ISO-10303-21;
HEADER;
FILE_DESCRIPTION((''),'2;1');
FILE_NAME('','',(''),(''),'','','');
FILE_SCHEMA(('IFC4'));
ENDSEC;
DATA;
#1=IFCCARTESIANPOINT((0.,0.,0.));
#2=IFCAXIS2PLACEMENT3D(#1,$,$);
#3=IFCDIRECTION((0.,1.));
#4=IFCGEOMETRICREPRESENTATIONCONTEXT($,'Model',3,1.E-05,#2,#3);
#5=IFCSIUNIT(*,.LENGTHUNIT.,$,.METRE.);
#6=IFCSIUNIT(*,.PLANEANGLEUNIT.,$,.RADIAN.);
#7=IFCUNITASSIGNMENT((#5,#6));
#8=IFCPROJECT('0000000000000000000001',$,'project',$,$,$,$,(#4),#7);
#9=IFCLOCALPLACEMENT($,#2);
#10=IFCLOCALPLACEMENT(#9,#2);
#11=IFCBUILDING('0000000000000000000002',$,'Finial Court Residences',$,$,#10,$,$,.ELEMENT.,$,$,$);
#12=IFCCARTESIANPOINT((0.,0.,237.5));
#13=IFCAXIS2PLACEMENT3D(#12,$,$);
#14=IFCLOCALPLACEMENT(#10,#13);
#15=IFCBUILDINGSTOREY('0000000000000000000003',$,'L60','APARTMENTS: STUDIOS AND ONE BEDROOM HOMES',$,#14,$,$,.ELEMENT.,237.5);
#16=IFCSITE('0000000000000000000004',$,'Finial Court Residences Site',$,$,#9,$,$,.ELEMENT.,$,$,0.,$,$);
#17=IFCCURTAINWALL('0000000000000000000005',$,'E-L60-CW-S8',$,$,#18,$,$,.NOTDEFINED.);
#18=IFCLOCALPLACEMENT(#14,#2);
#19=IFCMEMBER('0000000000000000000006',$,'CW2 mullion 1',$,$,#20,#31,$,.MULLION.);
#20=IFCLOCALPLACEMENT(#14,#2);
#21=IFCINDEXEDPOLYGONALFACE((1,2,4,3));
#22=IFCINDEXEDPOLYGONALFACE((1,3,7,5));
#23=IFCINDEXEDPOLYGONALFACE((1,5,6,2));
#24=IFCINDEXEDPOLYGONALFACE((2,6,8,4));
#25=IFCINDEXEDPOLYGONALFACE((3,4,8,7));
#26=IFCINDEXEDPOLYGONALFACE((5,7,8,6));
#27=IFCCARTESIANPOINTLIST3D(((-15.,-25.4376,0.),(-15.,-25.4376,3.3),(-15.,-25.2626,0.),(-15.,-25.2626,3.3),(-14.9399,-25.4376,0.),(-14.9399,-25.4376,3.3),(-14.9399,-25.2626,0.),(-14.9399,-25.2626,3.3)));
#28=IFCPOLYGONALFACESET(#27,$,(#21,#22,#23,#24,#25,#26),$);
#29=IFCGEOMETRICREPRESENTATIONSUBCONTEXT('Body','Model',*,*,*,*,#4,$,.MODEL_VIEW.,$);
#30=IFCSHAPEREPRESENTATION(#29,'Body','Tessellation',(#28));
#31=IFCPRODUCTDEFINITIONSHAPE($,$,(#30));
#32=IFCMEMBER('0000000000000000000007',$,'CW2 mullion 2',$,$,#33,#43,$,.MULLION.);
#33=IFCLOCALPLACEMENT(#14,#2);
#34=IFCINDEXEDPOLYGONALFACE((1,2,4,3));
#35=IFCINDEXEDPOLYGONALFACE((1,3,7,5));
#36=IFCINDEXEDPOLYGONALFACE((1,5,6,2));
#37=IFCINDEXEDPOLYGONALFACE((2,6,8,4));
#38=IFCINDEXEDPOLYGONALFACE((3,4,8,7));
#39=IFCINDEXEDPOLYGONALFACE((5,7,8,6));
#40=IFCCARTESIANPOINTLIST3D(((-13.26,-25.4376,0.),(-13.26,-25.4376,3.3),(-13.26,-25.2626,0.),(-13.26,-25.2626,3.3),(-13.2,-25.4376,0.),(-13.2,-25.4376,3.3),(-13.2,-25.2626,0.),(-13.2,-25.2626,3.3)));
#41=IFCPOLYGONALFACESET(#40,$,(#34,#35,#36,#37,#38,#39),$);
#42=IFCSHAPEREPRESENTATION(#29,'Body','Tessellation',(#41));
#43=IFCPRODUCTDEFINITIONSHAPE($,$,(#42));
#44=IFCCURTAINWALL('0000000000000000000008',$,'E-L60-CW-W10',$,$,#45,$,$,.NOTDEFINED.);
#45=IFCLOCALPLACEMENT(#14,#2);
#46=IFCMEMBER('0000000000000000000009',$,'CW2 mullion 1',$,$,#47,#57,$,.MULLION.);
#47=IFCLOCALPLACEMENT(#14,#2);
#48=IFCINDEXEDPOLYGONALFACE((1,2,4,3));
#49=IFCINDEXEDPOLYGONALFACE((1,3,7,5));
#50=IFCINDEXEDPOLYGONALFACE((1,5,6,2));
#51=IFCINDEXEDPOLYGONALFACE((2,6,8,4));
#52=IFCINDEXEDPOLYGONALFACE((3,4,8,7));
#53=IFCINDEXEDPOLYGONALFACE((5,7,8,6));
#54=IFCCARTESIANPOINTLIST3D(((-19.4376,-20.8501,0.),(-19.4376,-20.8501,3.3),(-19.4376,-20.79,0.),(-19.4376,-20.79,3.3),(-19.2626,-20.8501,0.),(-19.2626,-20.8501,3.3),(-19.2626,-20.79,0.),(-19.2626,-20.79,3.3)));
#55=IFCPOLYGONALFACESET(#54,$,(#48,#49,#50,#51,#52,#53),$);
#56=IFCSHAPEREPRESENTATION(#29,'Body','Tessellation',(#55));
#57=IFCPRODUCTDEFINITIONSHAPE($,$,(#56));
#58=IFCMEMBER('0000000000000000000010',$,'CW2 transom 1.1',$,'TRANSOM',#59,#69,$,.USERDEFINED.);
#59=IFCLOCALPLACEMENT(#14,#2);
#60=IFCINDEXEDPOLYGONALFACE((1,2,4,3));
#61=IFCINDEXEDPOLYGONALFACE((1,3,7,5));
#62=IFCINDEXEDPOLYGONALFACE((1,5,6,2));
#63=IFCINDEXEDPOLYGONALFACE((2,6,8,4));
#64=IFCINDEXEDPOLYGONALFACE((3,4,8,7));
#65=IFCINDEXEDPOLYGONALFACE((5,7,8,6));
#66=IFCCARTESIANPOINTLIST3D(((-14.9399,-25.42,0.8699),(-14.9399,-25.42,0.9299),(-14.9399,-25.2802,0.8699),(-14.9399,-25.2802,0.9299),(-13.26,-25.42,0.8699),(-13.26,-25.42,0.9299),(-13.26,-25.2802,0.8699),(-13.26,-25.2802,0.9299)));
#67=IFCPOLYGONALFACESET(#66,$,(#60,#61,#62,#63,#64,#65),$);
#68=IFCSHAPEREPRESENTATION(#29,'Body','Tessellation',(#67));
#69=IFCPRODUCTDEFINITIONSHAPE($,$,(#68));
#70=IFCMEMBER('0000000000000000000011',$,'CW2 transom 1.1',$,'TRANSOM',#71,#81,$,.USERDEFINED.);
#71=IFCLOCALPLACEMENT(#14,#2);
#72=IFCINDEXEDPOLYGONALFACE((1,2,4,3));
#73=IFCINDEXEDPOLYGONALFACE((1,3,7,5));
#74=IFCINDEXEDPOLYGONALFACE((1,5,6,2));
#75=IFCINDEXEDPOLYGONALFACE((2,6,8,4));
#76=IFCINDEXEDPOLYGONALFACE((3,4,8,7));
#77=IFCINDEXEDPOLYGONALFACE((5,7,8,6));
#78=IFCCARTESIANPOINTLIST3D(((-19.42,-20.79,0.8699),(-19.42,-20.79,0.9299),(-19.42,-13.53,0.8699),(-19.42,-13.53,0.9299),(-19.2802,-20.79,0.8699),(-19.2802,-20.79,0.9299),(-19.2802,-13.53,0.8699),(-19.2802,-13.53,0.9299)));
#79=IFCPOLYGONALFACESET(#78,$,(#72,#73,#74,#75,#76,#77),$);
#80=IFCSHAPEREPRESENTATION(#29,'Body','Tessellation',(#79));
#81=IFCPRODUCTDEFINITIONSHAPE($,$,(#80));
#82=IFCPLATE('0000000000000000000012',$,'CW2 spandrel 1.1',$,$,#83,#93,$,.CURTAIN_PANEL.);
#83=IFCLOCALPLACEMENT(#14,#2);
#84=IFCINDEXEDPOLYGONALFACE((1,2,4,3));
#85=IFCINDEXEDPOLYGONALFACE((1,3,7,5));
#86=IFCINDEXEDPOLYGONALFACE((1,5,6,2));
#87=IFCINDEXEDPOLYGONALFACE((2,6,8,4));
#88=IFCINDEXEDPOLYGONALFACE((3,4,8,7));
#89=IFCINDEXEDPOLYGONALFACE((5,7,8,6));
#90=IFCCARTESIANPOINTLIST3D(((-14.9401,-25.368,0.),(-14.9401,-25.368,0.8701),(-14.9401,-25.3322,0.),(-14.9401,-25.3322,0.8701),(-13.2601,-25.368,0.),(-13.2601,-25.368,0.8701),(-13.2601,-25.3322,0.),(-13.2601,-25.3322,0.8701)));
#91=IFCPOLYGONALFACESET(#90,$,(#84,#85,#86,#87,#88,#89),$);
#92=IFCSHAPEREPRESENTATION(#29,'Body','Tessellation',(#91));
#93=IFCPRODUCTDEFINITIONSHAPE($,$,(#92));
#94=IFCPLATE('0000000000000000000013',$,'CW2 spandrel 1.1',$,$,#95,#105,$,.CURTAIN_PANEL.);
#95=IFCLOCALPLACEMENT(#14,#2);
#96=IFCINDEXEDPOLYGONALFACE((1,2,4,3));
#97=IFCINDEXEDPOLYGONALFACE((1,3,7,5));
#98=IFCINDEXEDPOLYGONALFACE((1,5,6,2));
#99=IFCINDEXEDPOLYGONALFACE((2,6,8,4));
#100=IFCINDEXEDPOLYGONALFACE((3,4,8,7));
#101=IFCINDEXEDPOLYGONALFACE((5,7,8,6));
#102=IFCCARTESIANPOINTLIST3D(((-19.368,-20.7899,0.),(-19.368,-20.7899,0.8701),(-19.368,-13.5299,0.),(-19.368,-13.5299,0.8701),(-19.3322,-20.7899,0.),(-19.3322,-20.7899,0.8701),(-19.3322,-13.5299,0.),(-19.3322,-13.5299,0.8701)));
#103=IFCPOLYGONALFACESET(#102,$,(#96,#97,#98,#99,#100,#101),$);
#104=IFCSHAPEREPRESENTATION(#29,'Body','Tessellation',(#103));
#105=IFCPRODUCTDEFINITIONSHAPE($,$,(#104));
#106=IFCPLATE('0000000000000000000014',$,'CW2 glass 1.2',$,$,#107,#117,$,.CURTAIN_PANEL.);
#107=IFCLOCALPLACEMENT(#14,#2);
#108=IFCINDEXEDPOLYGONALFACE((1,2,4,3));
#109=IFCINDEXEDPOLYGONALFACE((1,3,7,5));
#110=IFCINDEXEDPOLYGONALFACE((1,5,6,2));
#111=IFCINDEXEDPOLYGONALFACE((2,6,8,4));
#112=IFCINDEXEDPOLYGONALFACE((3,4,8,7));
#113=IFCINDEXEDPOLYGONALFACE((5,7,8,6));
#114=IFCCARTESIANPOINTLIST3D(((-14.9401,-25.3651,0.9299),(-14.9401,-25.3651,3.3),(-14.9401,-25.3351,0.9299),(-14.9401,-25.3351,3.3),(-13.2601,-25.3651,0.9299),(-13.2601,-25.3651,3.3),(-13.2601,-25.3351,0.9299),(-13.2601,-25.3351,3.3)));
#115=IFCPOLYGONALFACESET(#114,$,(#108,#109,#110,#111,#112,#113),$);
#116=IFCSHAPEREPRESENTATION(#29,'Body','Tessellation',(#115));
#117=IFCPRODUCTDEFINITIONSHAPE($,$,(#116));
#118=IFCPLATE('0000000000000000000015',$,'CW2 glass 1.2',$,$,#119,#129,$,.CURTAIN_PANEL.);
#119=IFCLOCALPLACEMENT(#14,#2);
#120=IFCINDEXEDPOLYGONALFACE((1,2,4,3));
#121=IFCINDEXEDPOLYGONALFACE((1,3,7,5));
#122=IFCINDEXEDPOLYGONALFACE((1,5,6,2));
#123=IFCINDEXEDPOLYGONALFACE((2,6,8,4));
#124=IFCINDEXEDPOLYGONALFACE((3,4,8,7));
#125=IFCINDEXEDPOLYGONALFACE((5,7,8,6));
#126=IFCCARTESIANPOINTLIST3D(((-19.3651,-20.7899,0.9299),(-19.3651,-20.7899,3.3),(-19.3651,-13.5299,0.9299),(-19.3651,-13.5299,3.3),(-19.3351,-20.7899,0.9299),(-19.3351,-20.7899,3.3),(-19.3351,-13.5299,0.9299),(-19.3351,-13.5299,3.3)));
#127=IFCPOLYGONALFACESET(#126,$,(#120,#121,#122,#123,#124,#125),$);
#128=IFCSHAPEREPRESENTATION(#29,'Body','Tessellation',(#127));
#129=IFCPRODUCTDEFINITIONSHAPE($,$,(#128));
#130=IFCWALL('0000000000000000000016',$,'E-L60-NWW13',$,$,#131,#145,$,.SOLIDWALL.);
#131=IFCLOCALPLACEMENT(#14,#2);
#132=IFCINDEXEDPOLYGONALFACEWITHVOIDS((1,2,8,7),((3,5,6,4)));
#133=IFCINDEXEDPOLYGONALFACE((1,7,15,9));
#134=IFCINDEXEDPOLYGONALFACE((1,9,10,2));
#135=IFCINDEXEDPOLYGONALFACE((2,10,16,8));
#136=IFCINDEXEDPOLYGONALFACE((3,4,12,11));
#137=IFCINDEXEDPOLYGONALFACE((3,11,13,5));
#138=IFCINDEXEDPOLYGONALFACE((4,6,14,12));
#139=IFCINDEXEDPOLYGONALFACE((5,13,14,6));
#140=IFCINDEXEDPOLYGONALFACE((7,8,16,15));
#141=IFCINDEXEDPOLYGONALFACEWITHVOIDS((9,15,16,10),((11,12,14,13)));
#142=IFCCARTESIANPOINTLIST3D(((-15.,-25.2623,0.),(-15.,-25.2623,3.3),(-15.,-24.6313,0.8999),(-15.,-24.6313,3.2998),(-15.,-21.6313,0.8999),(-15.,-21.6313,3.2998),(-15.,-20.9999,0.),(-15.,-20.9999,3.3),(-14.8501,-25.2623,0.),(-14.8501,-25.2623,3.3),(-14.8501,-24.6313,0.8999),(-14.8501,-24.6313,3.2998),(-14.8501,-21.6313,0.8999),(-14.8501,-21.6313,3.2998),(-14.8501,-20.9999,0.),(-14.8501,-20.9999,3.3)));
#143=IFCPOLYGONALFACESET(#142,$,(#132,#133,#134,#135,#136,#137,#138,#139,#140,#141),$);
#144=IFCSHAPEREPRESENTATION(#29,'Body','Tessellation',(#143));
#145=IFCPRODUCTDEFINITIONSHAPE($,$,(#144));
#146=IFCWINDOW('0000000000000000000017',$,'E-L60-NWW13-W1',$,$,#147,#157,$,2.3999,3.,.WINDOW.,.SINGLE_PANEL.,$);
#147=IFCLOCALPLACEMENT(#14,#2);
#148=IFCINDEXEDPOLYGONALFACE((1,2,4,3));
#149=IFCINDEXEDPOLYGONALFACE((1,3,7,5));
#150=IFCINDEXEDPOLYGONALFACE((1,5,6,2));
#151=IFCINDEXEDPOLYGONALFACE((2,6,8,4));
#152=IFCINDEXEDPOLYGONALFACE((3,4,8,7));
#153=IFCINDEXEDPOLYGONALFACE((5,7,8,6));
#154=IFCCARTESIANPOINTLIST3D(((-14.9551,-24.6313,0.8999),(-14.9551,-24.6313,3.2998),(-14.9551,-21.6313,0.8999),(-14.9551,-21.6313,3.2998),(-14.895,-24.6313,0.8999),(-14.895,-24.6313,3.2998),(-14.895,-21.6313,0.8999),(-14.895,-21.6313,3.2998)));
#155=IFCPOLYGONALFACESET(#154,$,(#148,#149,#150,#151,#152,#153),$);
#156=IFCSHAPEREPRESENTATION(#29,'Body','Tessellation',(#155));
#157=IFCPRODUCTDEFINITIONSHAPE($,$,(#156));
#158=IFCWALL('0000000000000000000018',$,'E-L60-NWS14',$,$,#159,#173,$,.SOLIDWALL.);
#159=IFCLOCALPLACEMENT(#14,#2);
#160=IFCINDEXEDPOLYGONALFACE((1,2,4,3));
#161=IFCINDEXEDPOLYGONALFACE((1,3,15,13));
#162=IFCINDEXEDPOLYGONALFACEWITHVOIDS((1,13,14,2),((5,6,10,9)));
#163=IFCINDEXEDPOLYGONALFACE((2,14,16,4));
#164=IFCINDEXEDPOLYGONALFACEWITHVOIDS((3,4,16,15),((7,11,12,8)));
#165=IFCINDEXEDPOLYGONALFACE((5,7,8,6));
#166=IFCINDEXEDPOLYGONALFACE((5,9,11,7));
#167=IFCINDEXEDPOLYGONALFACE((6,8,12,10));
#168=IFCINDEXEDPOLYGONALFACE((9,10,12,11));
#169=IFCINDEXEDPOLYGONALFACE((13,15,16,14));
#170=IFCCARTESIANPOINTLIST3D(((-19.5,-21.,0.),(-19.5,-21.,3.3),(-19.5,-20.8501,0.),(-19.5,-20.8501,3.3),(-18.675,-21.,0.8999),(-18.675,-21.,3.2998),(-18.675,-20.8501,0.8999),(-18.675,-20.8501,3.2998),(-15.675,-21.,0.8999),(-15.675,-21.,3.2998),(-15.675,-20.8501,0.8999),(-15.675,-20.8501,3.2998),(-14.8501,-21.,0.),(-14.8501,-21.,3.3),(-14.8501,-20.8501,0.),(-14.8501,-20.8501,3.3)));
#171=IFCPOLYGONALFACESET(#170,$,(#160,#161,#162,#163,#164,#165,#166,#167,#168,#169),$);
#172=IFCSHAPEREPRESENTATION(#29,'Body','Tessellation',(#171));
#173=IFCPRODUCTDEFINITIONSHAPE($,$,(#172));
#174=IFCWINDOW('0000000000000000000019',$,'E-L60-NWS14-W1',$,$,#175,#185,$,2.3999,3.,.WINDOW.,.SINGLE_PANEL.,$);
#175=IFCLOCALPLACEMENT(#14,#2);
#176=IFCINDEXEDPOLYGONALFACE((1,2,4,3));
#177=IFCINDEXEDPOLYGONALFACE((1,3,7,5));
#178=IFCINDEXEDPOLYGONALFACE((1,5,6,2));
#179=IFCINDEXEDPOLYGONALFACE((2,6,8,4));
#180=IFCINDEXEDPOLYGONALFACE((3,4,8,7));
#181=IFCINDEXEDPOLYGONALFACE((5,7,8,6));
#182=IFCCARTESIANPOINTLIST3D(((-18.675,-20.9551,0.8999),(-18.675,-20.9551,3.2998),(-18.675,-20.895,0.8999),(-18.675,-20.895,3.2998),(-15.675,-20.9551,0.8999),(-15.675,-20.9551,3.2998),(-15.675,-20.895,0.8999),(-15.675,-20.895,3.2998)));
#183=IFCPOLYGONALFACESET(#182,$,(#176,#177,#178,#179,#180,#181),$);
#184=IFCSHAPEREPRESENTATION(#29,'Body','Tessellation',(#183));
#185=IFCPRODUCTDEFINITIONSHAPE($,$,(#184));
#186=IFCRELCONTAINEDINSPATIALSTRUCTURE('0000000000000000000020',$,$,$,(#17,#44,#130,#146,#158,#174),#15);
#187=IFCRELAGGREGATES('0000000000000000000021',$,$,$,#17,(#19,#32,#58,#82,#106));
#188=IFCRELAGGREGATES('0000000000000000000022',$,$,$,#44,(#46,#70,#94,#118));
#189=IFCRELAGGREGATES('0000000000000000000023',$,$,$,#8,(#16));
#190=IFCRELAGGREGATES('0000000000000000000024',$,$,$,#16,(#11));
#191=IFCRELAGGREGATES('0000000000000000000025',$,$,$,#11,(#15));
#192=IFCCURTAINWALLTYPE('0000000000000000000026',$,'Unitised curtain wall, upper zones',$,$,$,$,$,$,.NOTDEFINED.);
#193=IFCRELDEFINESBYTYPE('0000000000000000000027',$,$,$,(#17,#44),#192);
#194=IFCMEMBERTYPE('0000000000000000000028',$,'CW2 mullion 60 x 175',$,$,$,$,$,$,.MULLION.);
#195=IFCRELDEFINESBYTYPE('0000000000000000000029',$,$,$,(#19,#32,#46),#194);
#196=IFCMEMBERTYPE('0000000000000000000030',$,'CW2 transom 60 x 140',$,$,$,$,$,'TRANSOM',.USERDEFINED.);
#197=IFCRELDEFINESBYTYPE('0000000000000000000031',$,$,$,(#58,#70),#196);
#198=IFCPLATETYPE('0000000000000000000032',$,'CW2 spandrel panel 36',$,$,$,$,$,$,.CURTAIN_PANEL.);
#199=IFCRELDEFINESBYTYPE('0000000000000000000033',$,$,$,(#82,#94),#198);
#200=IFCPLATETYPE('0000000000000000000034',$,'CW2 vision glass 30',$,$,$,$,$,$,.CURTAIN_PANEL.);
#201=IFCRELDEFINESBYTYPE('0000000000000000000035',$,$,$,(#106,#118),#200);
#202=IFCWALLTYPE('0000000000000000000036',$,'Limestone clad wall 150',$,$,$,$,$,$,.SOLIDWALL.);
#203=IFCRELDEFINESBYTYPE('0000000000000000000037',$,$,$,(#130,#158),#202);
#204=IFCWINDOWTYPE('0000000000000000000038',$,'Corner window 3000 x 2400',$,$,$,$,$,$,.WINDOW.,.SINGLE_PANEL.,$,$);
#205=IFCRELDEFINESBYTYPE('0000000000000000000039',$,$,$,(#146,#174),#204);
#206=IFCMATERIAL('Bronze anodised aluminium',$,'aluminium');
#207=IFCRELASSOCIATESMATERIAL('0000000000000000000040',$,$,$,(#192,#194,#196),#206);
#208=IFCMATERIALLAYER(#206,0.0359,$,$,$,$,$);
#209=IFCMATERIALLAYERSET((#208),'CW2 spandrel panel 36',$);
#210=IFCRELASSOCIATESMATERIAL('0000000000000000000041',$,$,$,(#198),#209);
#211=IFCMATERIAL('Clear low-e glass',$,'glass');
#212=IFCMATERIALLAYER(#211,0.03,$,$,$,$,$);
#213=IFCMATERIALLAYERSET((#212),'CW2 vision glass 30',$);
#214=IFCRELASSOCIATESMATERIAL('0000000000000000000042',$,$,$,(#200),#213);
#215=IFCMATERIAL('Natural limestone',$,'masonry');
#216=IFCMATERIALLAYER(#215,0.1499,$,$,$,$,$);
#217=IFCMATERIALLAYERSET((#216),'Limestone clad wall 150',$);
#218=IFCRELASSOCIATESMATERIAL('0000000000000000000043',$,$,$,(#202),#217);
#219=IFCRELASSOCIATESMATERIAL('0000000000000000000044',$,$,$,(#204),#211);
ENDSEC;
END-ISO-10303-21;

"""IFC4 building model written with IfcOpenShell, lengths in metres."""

from ifc_helpers import new_model, si_unit, direction, frame, frame_2d, origin, origin_2d, place, context, subcontext, project, spatial, rectangle, extrude, material, layer, layer_set, material_profile, profile_set, type_object, element, fill, aggregate, save


model = new_model("IFC4")

# Units and contexts
model_context = context("Model", 3, precision=1e-05, world=origin(), true_north=direction((0.0, 1.0)))
body_context = subcontext(model_context, "Body", "Model", "MODEL_VIEW")
ifc_project = project(units=[si_unit("LENGTHUNIT", "METRE"), si_unit("PLANEANGLEUNIT", "RADIAN")], contexts=[model_context])

# Site, building, storey
site_placement = place(None, origin())
site = spatial("IfcSite", under=ifc_project, at=site_placement, Name="Finial Court Residences Site", CompositionType="ELEMENT", RefElevation=0.0)
building_placement = place(site_placement, origin())
building = spatial("IfcBuilding", under=site, at=building_placement, Name="Finial Court Residences", CompositionType="ELEMENT")
storey_placement = place(building_placement, frame((0.0, 0.0, 237.5)))
storey = spatial("IfcBuildingStorey", under=building, at=storey_placement, Name="L60", Description="APARTMENTS: STUDIOS AND ONE BEDROOM HOMES", CompositionType="ELEMENT", Elevation=237.5)

# Curtain wall, members
ifc_material_1 = material(Name="Bronze anodised aluminium", Category="aluminium")
curtain_wall_type = type_object("IfcCurtainWallType", Name="Unitised curtain wall, upper zones", PredefinedType="NOTDEFINED", material=ifc_material_1)
curtain_wall_1_placement = place(storey_placement, origin())
curtain_wall_1 = element("IfcCurtainWall", 1, at=curtain_wall_1_placement, inside=storey, type_object=curtain_wall_type, Name="E-L60-CW-S8", PredefinedType="NOTDEFINED")
ifc_material_profile_1 = material_profile(ifc_material_1, rectangle(XDim=0.175, YDim=0.0601, at=origin_2d()), Name="CW2 mullion 60 x 175")
ifc_profile_set_1 = profile_set([ifc_material_profile_1], Name="Bronze anodised aluminium")
member_type_1 = type_object("IfcMemberType", Name="CW2 mullion 60 x 175", PredefinedType="MULLION", material=ifc_profile_set_1)
member_1_placement = place(storey_placement, frame((-14.97, -25.3501, 0.0), z_axis=(0.0, 0.0, 1.0), x_axis=(0.0, 1.0, 0.0)))
member_1 = element("IfcMember", 2, at=member_1_placement, type_object=member_type_1, Name="CW2 mullion 1", PredefinedType="MULLION", context=body_context, shape_type="SweptSolid", body=[
    extrude(rectangle(XDim=0.175, YDim=0.0601, at=origin_2d()), origin(), (0.0, 0.0, 1.0), 3.3),
])
member_2_placement = place(storey_placement, frame((-13.23, -25.3501, 0.0), z_axis=(0.0, 0.0, 1.0), x_axis=(0.0, 1.0, 0.0)))
member_2 = element("IfcMember", 3, at=member_2_placement, type_object=member_type_1, Name="CW2 mullion 2", PredefinedType="MULLION", context=body_context, shape_type="SweptSolid", body=[
    extrude(rectangle(XDim=0.175, YDim=0.0601, at=origin_2d()), origin(), (0.0, 0.0, 1.0), 3.3),
])

# Curtain wall, member
curtain_wall_2_placement = place(storey_placement, origin())
curtain_wall_2 = element("IfcCurtainWall", 4, at=curtain_wall_2_placement, inside=storey, type_object=curtain_wall_type, Name="E-L60-CW-W10", PredefinedType="NOTDEFINED")
member_3_placement = place(storey_placement, frame((-19.3501, -20.8201, 0.0), z_axis=(0.0, 0.0, 1.0), x_axis=(-1.0, 0.0, 0.0)))
member_3 = element("IfcMember", 5, at=member_3_placement, type_object=member_type_1, Name="CW2 mullion 1", PredefinedType="MULLION", context=body_context, shape_type="SweptSolid", body=[
    extrude(rectangle(XDim=0.175, YDim=0.0601, at=origin_2d()), origin(), (0.0, 0.0, 1.0), 3.3),
])

# Members
ifc_material_profile_2 = material_profile(ifc_material_1, rectangle(XDim=0.1399, YDim=0.0601, at=origin_2d()), Name="CW2 transom 60 x 140")
ifc_profile_set_2 = profile_set([ifc_material_profile_2], Name="Bronze anodised aluminium")
member_type_2 = type_object("IfcMemberType", Name="CW2 transom 60 x 140", ElementType="TRANSOM", PredefinedType="USERDEFINED", material=ifc_profile_set_2)
member_4_placement = place(storey_placement, frame((-14.9399, -25.3501, 0.8999), z_axis=(1.0, 0.0, 0.0), x_axis=(0.0, 1.0, 0.0)))
member_4 = element("IfcMember", 6, at=member_4_placement, type_object=member_type_2, Name="CW2 transom 1.1", ObjectType="TRANSOM", PredefinedType="USERDEFINED", context=body_context, shape_type="SweptSolid", body=[
    extrude(rectangle(XDim=0.1399, YDim=0.0601, at=origin_2d()), origin(), (0.0, 0.0, 1.0), 1.6799),
])
member_5_placement = place(storey_placement, frame((-19.3501, -20.79, 0.8999), z_axis=(0.0, 1.0, 0.0), x_axis=(-1.0, 0.0, 0.0)))
member_5 = element("IfcMember", 7, at=member_5_placement, type_object=member_type_2, Name="CW2 transom 1.1", ObjectType="TRANSOM", PredefinedType="USERDEFINED", context=body_context, shape_type="SweptSolid", body=[
    extrude(rectangle(XDim=0.1399, YDim=0.0601, at=origin_2d()), origin(), (0.0, 0.0, 1.0), 7.26),
])

# Plates
ifc_layer_1 = layer(ifc_material_1, 0.0359)
ifc_layer_set_1 = layer_set([ifc_layer_1], Name="CW2 spandrel panel 36")
plate_type_1 = type_object("IfcPlateType", Name="CW2 spandrel panel 36", PredefinedType="CURTAIN_PANEL", material=ifc_layer_set_1)
plate_1_placement = place(storey_placement, frame((-14.1001, -25.3501, 0.0), z_axis=(0.0, 0.0, 1.0), x_axis=(1.0, 0.0, 0.0)))
plate_1 = element("IfcPlate", 8, at=plate_1_placement, type_object=plate_type_1, Name="CW2 spandrel 1.1", PredefinedType="CURTAIN_PANEL", context=body_context, shape_type="SweptSolid", body=[
    extrude(rectangle(XDim=1.6799, YDim=0.0359, at=origin_2d()), origin(), (0.0, 0.0, 1.0), 0.8701),
])
plate_2_placement = place(storey_placement, frame((-19.3501, -17.1599, 0.0), z_axis=(0.0, 0.0, 1.0), x_axis=(0.0, 1.0, 0.0)))
plate_2 = element("IfcPlate", 9, at=plate_2_placement, type_object=plate_type_1, Name="CW2 spandrel 1.1", PredefinedType="CURTAIN_PANEL", context=body_context, shape_type="SweptSolid", body=[
    extrude(rectangle(XDim=7.26, YDim=0.0359, at=origin_2d()), origin(), (0.0, 0.0, 1.0), 0.8701),
])
ifc_material_2 = material(Name="Clear low-e glass", Category="glass")
ifc_layer_2 = layer(ifc_material_2, 0.03)
ifc_layer_set_2 = layer_set([ifc_layer_2], Name="CW2 vision glass 30")
plate_type_2 = type_object("IfcPlateType", Name="CW2 vision glass 30", PredefinedType="CURTAIN_PANEL", material=ifc_layer_set_2)
plate_3_placement = place(storey_placement, frame((-14.1001, -25.3501, 0.9299), z_axis=(0.0, 0.0, 1.0), x_axis=(1.0, 0.0, 0.0)))
plate_3 = element("IfcPlate", 10, at=plate_3_placement, type_object=plate_type_2, Name="CW2 glass 1.2", PredefinedType="CURTAIN_PANEL", context=body_context, shape_type="SweptSolid", body=[
    extrude(rectangle(XDim=1.6799, YDim=0.03, at=origin_2d()), origin(), (0.0, 0.0, 1.0), 2.3701),
])
aggregate(curtain_wall_1, [member_1, member_2, member_4, plate_1, plate_3])
plate_4_placement = place(storey_placement, frame((-19.3501, -17.1599, 0.9299), z_axis=(0.0, 0.0, 1.0), x_axis=(0.0, 1.0, 0.0)))
plate_4 = element("IfcPlate", 11, at=plate_4_placement, type_object=plate_type_2, Name="CW2 glass 1.2", PredefinedType="CURTAIN_PANEL", context=body_context, shape_type="SweptSolid", body=[
    extrude(rectangle(XDim=7.26, YDim=0.03, at=origin_2d()), origin(), (0.0, 0.0, 1.0), 2.3701),
])
aggregate(curtain_wall_2, [member_3, member_5, plate_2, plate_4])

# Walls, openings, windows
ifc_material_3 = material(Name="Natural limestone", Category="masonry")
ifc_layer_3 = layer(ifc_material_3, 0.1499)
ifc_layer_set_3 = layer_set([ifc_layer_3], Name="Limestone clad wall 150")
wall_type = type_object("IfcWallType", Name="Limestone clad wall 150", PredefinedType="SOLIDWALL", material=ifc_layer_set_3)
wall_1_placement = place(storey_placement, frame((-14.925, -25.2625, 0.0), z_axis=(0.0, 0.0, 1.0), x_axis=(0.0, 1.0, 0.0)))
wall_1 = element("IfcWall", 12, at=wall_1_placement, inside=storey, type_object=wall_type, Name="E-L60-NWW13", PredefinedType="SOLIDWALL", context=body_context, shape_type="SweptSolid", body=[
    extrude(rectangle(XDim=4.2625, YDim=0.1499, at=frame_2d((2.1313, 0.0))), origin(), (0.0, 0.0, 1.0), 3.3),
])
opening_1_placement = place(wall_1_placement, frame((0.6311, 0.0, 0.8999)))
opening_1 = element("IfcOpeningElement", 13, at=opening_1_placement, cuts=wall_1, PredefinedType="OPENING", context=body_context, shape_type="SweptSolid", body=[
    extrude(rectangle(XDim=3.0, YDim=2.3999, at=frame_2d((1.5, 1.2))), frame((0.0, 0.085, 0.0), z_axis=(0.0, -1.0, 0.0), x_axis=(1.0, 0.0, 0.0)), (0.0, 0.0, 1.0), 0.1699),
])
window_type = type_object("IfcWindowType", Name="Corner window 3000 x 2400", PartitioningType="SINGLE_PANEL", PredefinedType="WINDOW", material=ifc_material_2)
window_1_placement = place(opening_1_placement, origin())
window_1 = element("IfcWindow", 14, at=window_1_placement, inside=storey, type_object=window_type, Name="E-L60-NWW13-W1", OverallHeight=2.3999, OverallWidth=3.0, PartitioningType="SINGLE_PANEL", PredefinedType="WINDOW", context=body_context, shape_type="SweptSolid", body=[
    extrude(rectangle(XDim=3.0, YDim=2.3999, at=frame_2d((1.5, 1.2))), frame((0.0, 0.03, 0.0), z_axis=(0.0, -1.0, 0.0), x_axis=(1.0, 0.0, 0.0)), (0.0, 0.0, 1.0), 0.0601),
])
fill(opening_1, window_1)
wall_2_placement = place(storey_placement, frame((-14.8501, -20.925, 0.0), z_axis=(0.0, 0.0, 1.0), x_axis=(-1.0, 0.0, 0.0)))
wall_2 = element("IfcWall", 15, at=wall_2_placement, inside=storey, type_object=wall_type, Name="E-L60-NWS14", PredefinedType="SOLIDWALL", context=body_context, shape_type="SweptSolid", body=[
    extrude(rectangle(XDim=4.6499, YDim=0.1499, at=frame_2d((2.325, 0.0))), origin(), (0.0, 0.0, 1.0), 3.3),
])
opening_2_placement = place(wall_2_placement, frame((0.825, 0.0, 0.8999)))
opening_2 = element("IfcOpeningElement", 16, at=opening_2_placement, cuts=wall_2, PredefinedType="OPENING", context=body_context, shape_type="SweptSolid", body=[
    extrude(rectangle(XDim=3.0, YDim=2.3999, at=frame_2d((1.5, 1.2))), frame((0.0, 0.085, 0.0), z_axis=(0.0, -1.0, 0.0), x_axis=(1.0, 0.0, 0.0)), (0.0, 0.0, 1.0), 0.1699),
])
window_2_placement = place(opening_2_placement, origin())
window_2 = element("IfcWindow", 17, at=window_2_placement, inside=storey, type_object=window_type, Name="E-L60-NWS14-W1", OverallHeight=2.3999, OverallWidth=3.0, PartitioningType="SINGLE_PANEL", PredefinedType="WINDOW", context=body_context, shape_type="SweptSolid", body=[
    extrude(rectangle(XDim=3.0, YDim=2.3999, at=frame_2d((1.5, 1.2))), frame((0.0, 0.03, 0.0), z_axis=(0.0, -1.0, 0.0), x_axis=(1.0, 0.0, 0.0)), (0.0, 0.0, 1.0), 0.0601),
])
fill(opening_2, window_2)

save(model, "model.ifc")
